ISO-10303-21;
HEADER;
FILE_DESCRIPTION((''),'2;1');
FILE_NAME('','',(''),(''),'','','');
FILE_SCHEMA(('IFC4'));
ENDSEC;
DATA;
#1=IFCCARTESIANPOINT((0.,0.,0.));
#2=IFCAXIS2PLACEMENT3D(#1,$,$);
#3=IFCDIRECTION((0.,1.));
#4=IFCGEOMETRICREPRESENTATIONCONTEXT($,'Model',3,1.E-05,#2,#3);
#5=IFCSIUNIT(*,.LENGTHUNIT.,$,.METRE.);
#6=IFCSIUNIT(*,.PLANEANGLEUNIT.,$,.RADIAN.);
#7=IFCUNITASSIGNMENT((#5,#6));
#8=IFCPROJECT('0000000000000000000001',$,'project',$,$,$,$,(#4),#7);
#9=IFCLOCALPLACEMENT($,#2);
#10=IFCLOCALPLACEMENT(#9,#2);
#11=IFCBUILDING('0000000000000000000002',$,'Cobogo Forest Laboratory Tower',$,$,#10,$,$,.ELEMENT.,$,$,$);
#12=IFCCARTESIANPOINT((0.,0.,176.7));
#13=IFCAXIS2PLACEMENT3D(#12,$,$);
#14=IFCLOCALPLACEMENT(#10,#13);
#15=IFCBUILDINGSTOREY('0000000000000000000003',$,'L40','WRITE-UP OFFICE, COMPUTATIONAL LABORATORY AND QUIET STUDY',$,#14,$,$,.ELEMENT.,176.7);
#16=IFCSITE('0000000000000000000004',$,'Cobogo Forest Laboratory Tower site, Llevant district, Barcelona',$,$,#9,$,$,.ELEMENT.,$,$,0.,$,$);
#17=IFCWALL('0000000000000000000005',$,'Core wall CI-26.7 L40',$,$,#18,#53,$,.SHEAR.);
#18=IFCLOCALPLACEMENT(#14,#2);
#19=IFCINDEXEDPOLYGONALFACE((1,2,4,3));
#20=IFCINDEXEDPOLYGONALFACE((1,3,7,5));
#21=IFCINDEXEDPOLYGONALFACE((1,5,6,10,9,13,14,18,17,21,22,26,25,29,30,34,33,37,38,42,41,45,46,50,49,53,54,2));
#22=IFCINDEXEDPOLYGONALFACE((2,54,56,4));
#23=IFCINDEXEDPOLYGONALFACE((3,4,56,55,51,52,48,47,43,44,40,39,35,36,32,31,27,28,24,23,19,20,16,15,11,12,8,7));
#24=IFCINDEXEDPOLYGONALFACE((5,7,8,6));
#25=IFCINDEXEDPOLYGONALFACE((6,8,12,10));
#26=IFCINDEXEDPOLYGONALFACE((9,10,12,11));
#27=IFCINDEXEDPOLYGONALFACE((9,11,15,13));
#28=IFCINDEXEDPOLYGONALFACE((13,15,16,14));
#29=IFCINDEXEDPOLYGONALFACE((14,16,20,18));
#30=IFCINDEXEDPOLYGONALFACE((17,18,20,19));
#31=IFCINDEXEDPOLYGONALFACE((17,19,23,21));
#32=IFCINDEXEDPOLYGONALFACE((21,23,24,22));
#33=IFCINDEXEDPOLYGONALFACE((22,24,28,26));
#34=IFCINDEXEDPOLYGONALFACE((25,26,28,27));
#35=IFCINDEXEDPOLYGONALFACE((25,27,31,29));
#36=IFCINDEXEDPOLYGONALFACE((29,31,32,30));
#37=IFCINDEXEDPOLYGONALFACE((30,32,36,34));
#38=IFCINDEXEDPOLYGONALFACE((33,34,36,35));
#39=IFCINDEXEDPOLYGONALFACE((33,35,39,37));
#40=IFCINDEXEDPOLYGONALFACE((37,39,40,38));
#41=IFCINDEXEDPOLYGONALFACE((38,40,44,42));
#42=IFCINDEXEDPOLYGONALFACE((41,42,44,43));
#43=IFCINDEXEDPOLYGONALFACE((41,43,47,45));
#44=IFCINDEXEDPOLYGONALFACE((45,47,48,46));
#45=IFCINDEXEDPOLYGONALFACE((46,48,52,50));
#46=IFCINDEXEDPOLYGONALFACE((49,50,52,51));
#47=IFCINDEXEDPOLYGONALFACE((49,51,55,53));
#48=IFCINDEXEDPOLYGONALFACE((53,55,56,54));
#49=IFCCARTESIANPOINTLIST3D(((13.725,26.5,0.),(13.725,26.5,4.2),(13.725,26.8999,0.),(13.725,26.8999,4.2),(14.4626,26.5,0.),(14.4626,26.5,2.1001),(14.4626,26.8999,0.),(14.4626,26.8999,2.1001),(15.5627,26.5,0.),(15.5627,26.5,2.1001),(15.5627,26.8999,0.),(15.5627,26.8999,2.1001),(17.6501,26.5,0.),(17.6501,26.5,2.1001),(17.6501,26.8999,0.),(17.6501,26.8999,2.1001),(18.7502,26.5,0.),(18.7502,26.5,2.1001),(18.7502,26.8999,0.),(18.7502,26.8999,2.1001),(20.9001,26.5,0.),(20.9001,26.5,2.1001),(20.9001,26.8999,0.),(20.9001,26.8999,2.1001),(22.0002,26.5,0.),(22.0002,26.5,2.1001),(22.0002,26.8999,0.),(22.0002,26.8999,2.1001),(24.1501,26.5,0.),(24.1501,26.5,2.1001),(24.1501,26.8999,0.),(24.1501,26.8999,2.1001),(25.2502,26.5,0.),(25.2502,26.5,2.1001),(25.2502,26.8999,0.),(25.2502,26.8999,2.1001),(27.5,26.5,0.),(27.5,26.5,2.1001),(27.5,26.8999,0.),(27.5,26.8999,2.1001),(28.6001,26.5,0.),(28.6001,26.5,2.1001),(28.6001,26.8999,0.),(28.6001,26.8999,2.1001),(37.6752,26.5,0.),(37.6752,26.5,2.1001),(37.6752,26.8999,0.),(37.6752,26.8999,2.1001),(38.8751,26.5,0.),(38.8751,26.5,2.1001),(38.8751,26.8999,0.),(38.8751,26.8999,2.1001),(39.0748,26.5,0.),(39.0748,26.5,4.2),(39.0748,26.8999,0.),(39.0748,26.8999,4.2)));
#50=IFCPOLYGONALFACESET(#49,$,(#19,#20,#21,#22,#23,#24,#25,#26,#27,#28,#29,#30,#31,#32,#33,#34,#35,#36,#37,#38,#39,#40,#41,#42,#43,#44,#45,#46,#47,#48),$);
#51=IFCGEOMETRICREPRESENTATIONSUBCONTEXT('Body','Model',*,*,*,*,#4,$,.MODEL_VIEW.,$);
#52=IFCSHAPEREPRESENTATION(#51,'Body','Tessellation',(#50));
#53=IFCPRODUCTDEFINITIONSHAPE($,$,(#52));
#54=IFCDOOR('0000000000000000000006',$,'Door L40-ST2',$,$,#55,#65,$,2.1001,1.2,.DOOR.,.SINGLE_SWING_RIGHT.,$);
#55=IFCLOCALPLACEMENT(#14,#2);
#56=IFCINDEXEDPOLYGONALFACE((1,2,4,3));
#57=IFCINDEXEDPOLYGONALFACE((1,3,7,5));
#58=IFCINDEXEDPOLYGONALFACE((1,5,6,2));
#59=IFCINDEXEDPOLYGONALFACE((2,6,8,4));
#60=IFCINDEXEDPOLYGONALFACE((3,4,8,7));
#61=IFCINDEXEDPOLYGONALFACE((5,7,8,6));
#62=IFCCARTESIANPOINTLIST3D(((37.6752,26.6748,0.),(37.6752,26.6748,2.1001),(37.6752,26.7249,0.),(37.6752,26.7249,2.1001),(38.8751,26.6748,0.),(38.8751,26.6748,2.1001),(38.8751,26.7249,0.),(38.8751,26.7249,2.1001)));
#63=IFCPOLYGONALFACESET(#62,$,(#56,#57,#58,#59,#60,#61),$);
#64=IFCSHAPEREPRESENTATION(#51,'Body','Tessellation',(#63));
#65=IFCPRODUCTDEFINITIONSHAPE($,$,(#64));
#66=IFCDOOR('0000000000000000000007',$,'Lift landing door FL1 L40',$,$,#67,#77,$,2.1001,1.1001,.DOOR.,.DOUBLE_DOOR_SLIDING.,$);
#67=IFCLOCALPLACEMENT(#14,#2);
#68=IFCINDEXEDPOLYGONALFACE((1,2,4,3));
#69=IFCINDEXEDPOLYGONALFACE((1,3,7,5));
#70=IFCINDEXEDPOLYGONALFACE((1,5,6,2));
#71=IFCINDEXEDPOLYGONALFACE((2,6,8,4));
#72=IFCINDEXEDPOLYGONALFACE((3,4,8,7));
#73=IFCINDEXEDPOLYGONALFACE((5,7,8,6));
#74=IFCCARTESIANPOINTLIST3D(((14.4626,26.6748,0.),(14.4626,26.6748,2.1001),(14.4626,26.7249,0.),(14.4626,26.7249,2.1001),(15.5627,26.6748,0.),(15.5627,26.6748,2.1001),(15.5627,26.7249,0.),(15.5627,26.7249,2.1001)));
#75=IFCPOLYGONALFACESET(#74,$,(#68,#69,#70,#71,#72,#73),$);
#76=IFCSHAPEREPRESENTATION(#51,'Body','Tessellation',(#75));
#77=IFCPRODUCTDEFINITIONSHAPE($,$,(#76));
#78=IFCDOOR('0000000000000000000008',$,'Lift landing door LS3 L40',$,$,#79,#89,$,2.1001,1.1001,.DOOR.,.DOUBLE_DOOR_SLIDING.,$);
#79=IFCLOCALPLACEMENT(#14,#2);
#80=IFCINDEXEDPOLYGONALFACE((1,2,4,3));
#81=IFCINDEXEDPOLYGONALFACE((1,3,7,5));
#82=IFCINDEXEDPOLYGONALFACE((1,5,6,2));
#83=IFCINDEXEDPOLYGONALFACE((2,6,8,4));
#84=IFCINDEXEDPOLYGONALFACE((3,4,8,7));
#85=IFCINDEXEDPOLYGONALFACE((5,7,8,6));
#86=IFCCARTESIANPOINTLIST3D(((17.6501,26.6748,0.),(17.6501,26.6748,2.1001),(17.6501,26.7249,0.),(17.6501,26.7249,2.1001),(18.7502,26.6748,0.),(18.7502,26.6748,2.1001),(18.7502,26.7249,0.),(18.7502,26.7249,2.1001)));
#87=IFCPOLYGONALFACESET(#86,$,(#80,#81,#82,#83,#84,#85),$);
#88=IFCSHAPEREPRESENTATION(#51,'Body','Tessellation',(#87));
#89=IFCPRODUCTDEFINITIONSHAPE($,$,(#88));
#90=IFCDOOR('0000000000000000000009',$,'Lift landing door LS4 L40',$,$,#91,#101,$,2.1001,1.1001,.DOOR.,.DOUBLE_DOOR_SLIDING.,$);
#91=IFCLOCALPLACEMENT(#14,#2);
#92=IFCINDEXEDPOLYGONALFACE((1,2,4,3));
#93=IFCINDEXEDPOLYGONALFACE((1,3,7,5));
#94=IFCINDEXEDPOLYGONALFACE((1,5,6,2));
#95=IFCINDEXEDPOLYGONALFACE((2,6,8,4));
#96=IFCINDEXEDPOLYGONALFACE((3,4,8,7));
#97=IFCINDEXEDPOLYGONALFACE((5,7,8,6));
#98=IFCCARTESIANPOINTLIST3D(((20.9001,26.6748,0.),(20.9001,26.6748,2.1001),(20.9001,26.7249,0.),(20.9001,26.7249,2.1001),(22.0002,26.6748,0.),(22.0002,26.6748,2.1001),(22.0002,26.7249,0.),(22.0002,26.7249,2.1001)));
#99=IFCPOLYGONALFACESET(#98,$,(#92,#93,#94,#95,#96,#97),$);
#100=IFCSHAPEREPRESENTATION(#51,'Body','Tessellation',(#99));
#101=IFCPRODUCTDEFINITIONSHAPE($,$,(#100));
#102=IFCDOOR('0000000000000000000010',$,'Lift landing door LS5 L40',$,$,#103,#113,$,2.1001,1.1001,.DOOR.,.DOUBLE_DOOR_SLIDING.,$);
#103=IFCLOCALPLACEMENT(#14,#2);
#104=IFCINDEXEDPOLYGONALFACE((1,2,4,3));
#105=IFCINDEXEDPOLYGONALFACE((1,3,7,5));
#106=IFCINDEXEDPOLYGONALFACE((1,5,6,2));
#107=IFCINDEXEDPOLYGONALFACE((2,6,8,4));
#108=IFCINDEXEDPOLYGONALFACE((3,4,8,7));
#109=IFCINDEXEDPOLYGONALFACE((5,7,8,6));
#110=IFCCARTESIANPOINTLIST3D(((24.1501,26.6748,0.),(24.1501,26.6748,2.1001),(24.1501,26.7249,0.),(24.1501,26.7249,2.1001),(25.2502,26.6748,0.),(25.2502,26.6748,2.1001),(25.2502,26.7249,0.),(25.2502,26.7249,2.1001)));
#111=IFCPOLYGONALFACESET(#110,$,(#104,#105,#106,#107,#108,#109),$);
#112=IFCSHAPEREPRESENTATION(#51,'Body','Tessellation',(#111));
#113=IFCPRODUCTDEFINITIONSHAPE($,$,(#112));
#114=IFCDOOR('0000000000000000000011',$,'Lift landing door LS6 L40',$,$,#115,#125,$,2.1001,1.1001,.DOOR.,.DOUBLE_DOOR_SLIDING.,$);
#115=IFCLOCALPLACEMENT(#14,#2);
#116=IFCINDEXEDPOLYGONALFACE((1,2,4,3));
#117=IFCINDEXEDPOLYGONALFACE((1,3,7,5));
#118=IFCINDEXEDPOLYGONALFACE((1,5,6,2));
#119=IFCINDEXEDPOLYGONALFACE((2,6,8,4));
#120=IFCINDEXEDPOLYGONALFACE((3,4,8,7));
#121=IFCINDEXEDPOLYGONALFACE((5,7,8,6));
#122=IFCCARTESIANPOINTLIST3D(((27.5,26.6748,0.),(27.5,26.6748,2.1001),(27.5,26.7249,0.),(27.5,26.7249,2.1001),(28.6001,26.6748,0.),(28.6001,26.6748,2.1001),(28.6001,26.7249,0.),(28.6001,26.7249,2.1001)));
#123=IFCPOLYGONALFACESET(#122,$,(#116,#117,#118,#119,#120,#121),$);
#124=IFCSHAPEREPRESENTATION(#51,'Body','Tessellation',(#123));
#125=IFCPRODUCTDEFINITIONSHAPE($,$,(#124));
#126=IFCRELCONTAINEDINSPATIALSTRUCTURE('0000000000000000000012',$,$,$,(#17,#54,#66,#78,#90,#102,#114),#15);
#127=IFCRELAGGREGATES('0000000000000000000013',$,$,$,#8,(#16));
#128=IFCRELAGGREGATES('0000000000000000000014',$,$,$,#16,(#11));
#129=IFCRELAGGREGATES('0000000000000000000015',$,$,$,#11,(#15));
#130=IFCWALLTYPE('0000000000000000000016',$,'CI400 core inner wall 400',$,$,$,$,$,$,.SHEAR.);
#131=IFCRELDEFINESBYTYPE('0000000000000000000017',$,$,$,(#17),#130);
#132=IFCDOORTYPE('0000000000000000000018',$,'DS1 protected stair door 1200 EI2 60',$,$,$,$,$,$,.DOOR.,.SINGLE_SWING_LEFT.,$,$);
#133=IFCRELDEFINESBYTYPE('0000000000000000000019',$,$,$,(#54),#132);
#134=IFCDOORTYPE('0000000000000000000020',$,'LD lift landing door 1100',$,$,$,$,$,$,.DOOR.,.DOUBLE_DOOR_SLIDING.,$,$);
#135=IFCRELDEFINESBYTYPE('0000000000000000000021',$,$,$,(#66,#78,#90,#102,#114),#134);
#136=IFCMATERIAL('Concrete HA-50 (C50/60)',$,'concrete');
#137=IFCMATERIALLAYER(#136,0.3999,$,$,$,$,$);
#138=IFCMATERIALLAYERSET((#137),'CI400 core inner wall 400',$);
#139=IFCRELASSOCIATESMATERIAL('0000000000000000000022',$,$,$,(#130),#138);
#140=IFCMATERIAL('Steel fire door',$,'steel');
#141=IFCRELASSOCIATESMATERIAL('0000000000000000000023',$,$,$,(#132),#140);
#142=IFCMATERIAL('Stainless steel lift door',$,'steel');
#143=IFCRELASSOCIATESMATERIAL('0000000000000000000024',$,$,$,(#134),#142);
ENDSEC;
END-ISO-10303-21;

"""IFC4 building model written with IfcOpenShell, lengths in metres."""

from ifc_helpers import new_model, si_unit, direction, frame, frame_2d, origin, place, context, subcontext, project, spatial, rectangle, extrude, material, layer, layer_set, type_object, element, fill, save


model = new_model("IFC4")

# Units and contexts
model_context = context("Model", 3, precision=1e-05, world=origin(), true_north=direction((0.0, 1.0)))
body_context = subcontext(model_context, "Body", "Model", "MODEL_VIEW")
ifc_project = project(units=[si_unit("LENGTHUNIT", "METRE"), si_unit("PLANEANGLEUNIT", "RADIAN")], contexts=[model_context])

# Site, building, storey
site_placement = place(None, origin())
site = spatial("IfcSite", under=ifc_project, at=site_placement, Name="Cobogo Forest Laboratory Tower site, Llevant district, Barcelona", CompositionType="ELEMENT", RefElevation=0.0)
building_placement = place(site_placement, origin())
building = spatial("IfcBuilding", under=site, at=building_placement, Name="Cobogo Forest Laboratory Tower", CompositionType="ELEMENT")
storey_placement = place(building_placement, frame((0.0, 0.0, 176.7)))
storey = spatial("IfcBuildingStorey", under=building, at=storey_placement, Name="L40", Description="WRITE-UP OFFICE, COMPUTATIONAL LABORATORY AND QUIET STUDY", CompositionType="ELEMENT", Elevation=176.7)

# Shared definitions
ifc_material_1 = material(Name="Concrete HA-50 (C50/60)", Category="concrete")

# Shared definitions
ifc_layer_1 = layer(ifc_material_1, 0.3999)
ifc_layer_set_1 = layer_set([ifc_layer_1], Name="CI400 core inner wall 400")
wall_type_1 = type_object("IfcWallType", Name="CI400 core inner wall 400", PredefinedType="SHEAR", material=ifc_layer_set_1)

# Wall, openings, doors
wall_1_placement = place(storey_placement, frame((13.7251, 26.7, 0.0), z_axis=(0.0, 0.0, 1.0), x_axis=(1.0, 0.0, 0.0)))
wall_1 = element("IfcWall", 1, at=wall_1_placement, inside=storey, type_object=wall_type_1, Name="Core wall CI-26.7 L40", PredefinedType="SHEAR", context=body_context, shape_type="SweptSolid", body=[
    extrude(rectangle(XDim=25.3499, YDim=0.3999, at=frame_2d((12.6748, 0.0))), origin(), (0.0, 0.0, 1.0), 4.2),
])
opening_1_placement = place(wall_1_placement, frame((23.95, 0.0, 0.0)))
opening_1 = element("IfcOpeningElement", 2, at=opening_1_placement, cuts=wall_1, PredefinedType="OPENING", context=body_context, shape_type="SweptSolid", body=[
    extrude(rectangle(XDim=1.2, YDim=2.1001, at=frame_2d((0.6001, 1.05))), frame((0.0, 0.21, 0.0), z_axis=(0.0, -1.0, 0.0), x_axis=(1.0, 0.0, 0.0)), (0.0, 0.0, 1.0), 0.4199),
])
opening_2_placement = place(wall_1_placement, frame((0.7375, 0.0, 0.0)))
opening_2 = element("IfcOpeningElement", 3, at=opening_2_placement, cuts=wall_1, PredefinedType="OPENING", context=body_context, shape_type="SweptSolid", body=[
    extrude(rectangle(XDim=1.1001, YDim=2.1001, at=frame_2d((0.55, 1.05))), frame((0.0, 0.21, 0.0), z_axis=(0.0, -1.0, 0.0), x_axis=(1.0, 0.0, 0.0)), (0.0, 0.0, 1.0), 0.4199),
])
opening_3_placement = place(wall_1_placement, frame((3.925, 0.0, 0.0)))
opening_3 = element("IfcOpeningElement", 4, at=opening_3_placement, cuts=wall_1, PredefinedType="OPENING", context=body_context, shape_type="SweptSolid", body=[
    extrude(rectangle(XDim=1.1001, YDim=2.1001, at=frame_2d((0.55, 1.05))), frame((0.0, 0.21, 0.0), z_axis=(0.0, -1.0, 0.0), x_axis=(1.0, 0.0, 0.0)), (0.0, 0.0, 1.0), 0.4199),
])
opening_4_placement = place(wall_1_placement, frame((7.175, 0.0, 0.0)))
opening_4 = element("IfcOpeningElement", 5, at=opening_4_placement, cuts=wall_1, PredefinedType="OPENING", context=body_context, shape_type="SweptSolid", body=[
    extrude(rectangle(XDim=1.1001, YDim=2.1001, at=frame_2d((0.55, 1.05))), frame((0.0, 0.21, 0.0), z_axis=(0.0, -1.0, 0.0), x_axis=(1.0, 0.0, 0.0)), (0.0, 0.0, 1.0), 0.4199),
])
opening_5_placement = place(wall_1_placement, frame((10.425, 0.0, 0.0)))
opening_5 = element("IfcOpeningElement", 6, at=opening_5_placement, cuts=wall_1, PredefinedType="OPENING", context=body_context, shape_type="SweptSolid", body=[
    extrude(rectangle(XDim=1.1001, YDim=2.1001, at=frame_2d((0.55, 1.05))), frame((0.0, 0.21, 0.0), z_axis=(0.0, -1.0, 0.0), x_axis=(1.0, 0.0, 0.0)), (0.0, 0.0, 1.0), 0.4199),
])
opening_6_placement = place(wall_1_placement, frame((13.7749, 0.0, 0.0)))
opening_6 = element("IfcOpeningElement", 7, at=opening_6_placement, cuts=wall_1, PredefinedType="OPENING", context=body_context, shape_type="SweptSolid", body=[
    extrude(rectangle(XDim=1.1001, YDim=2.1001, at=frame_2d((0.55, 1.05))), frame((0.0, 0.21, 0.0), z_axis=(0.0, -1.0, 0.0), x_axis=(1.0, 0.0, 0.0)), (0.0, 0.0, 1.0), 0.4199),
])
ifc_material_2 = material(Name="Steel fire door", Category="steel")
door_type_1 = type_object("IfcDoorType", Name="DS1 protected stair door 1200 EI2 60", OperationType="SINGLE_SWING_LEFT", PredefinedType="DOOR", material=ifc_material_2)
door_1_placement = place(opening_1_placement, origin())
door_1 = element("IfcDoor", 8, at=door_1_placement, inside=storey, type_object=door_type_1, Name="Door L40-ST2", OperationType="SINGLE_SWING_RIGHT", OverallHeight=2.1001, OverallWidth=1.2, PredefinedType="DOOR", context=body_context, shape_type="SweptSolid", body=[
    extrude(rectangle(XDim=1.2, YDim=2.1001, at=frame_2d((0.6001, 1.05))), frame((0.0, 0.0249, 0.0), z_axis=(0.0, -1.0, 0.0), x_axis=(1.0, 0.0, 0.0)), (0.0, 0.0, 1.0), 0.05),
])
fill(opening_1, door_1)
ifc_material_3 = material(Name="Stainless steel lift door", Category="steel")
door_type_2 = type_object("IfcDoorType", Name="LD lift landing door 1100", OperationType="DOUBLE_DOOR_SLIDING", PredefinedType="DOOR", material=ifc_material_3)
door_2_placement = place(opening_2_placement, origin())
door_2 = element("IfcDoor", 9, at=door_2_placement, inside=storey, type_object=door_type_2, Name="Lift landing door FL1 L40", OperationType="DOUBLE_DOOR_SLIDING", OverallHeight=2.1001, OverallWidth=1.1001, PredefinedType="DOOR", context=body_context, shape_type="SweptSolid", body=[
    extrude(rectangle(XDim=1.1001, YDim=2.1001, at=frame_2d((0.55, 1.05))), frame((0.0, 0.0249, 0.0), z_axis=(0.0, -1.0, 0.0), x_axis=(1.0, 0.0, 0.0)), (0.0, 0.0, 1.0), 0.05),
])
fill(opening_2, door_2)
door_3_placement = place(opening_3_placement, origin())
door_3 = element("IfcDoor", 10, at=door_3_placement, inside=storey, type_object=door_type_2, Name="Lift landing door LS3 L40", OperationType="DOUBLE_DOOR_SLIDING", OverallHeight=2.1001, OverallWidth=1.1001, PredefinedType="DOOR", context=body_context, shape_type="SweptSolid", body=[
    extrude(rectangle(XDim=1.1001, YDim=2.1001, at=frame_2d((0.55, 1.05))), frame((0.0, 0.0249, 0.0), z_axis=(0.0, -1.0, 0.0), x_axis=(1.0, 0.0, 0.0)), (0.0, 0.0, 1.0), 0.05),
])
fill(opening_3, door_3)
door_4_placement = place(opening_4_placement, origin())
door_4 = element("IfcDoor", 11, at=door_4_placement, inside=storey, type_object=door_type_2, Name="Lift landing door LS4 L40", OperationType="DOUBLE_DOOR_SLIDING", OverallHeight=2.1001, OverallWidth=1.1001, PredefinedType="DOOR", context=body_context, shape_type="SweptSolid", body=[
    extrude(rectangle(XDim=1.1001, YDim=2.1001, at=frame_2d((0.55, 1.05))), frame((0.0, 0.0249, 0.0), z_axis=(0.0, -1.0, 0.0), x_axis=(1.0, 0.0, 0.0)), (0.0, 0.0, 1.0), 0.05),
])
fill(opening_4, door_4)
door_5_placement = place(opening_5_placement, origin())
door_5 = element("IfcDoor", 12, at=door_5_placement, inside=storey, type_object=door_type_2, Name="Lift landing door LS5 L40", OperationType="DOUBLE_DOOR_SLIDING", OverallHeight=2.1001, OverallWidth=1.1001, PredefinedType="DOOR", context=body_context, shape_type="SweptSolid", body=[
    extrude(rectangle(XDim=1.1001, YDim=2.1001, at=frame_2d((0.55, 1.05))), frame((0.0, 0.0249, 0.0), z_axis=(0.0, -1.0, 0.0), x_axis=(1.0, 0.0, 0.0)), (0.0, 0.0, 1.0), 0.05),
])
fill(opening_5, door_5)
door_6_placement = place(opening_6_placement, origin())
door_6 = element("IfcDoor", 13, at=door_6_placement, inside=storey, type_object=door_type_2, Name="Lift landing door LS6 L40", OperationType="DOUBLE_DOOR_SLIDING", OverallHeight=2.1001, OverallWidth=1.1001, PredefinedType="DOOR", context=body_context, shape_type="SweptSolid", body=[
    extrude(rectangle(XDim=1.1001, YDim=2.1001, at=frame_2d((0.55, 1.05))), frame((0.0, 0.0249, 0.0), z_axis=(0.0, -1.0, 0.0), x_axis=(1.0, 0.0, 0.0)), (0.0, 0.0, 1.0), 0.05),
])
fill(opening_6, door_6)

save(model, "model.ifc")
